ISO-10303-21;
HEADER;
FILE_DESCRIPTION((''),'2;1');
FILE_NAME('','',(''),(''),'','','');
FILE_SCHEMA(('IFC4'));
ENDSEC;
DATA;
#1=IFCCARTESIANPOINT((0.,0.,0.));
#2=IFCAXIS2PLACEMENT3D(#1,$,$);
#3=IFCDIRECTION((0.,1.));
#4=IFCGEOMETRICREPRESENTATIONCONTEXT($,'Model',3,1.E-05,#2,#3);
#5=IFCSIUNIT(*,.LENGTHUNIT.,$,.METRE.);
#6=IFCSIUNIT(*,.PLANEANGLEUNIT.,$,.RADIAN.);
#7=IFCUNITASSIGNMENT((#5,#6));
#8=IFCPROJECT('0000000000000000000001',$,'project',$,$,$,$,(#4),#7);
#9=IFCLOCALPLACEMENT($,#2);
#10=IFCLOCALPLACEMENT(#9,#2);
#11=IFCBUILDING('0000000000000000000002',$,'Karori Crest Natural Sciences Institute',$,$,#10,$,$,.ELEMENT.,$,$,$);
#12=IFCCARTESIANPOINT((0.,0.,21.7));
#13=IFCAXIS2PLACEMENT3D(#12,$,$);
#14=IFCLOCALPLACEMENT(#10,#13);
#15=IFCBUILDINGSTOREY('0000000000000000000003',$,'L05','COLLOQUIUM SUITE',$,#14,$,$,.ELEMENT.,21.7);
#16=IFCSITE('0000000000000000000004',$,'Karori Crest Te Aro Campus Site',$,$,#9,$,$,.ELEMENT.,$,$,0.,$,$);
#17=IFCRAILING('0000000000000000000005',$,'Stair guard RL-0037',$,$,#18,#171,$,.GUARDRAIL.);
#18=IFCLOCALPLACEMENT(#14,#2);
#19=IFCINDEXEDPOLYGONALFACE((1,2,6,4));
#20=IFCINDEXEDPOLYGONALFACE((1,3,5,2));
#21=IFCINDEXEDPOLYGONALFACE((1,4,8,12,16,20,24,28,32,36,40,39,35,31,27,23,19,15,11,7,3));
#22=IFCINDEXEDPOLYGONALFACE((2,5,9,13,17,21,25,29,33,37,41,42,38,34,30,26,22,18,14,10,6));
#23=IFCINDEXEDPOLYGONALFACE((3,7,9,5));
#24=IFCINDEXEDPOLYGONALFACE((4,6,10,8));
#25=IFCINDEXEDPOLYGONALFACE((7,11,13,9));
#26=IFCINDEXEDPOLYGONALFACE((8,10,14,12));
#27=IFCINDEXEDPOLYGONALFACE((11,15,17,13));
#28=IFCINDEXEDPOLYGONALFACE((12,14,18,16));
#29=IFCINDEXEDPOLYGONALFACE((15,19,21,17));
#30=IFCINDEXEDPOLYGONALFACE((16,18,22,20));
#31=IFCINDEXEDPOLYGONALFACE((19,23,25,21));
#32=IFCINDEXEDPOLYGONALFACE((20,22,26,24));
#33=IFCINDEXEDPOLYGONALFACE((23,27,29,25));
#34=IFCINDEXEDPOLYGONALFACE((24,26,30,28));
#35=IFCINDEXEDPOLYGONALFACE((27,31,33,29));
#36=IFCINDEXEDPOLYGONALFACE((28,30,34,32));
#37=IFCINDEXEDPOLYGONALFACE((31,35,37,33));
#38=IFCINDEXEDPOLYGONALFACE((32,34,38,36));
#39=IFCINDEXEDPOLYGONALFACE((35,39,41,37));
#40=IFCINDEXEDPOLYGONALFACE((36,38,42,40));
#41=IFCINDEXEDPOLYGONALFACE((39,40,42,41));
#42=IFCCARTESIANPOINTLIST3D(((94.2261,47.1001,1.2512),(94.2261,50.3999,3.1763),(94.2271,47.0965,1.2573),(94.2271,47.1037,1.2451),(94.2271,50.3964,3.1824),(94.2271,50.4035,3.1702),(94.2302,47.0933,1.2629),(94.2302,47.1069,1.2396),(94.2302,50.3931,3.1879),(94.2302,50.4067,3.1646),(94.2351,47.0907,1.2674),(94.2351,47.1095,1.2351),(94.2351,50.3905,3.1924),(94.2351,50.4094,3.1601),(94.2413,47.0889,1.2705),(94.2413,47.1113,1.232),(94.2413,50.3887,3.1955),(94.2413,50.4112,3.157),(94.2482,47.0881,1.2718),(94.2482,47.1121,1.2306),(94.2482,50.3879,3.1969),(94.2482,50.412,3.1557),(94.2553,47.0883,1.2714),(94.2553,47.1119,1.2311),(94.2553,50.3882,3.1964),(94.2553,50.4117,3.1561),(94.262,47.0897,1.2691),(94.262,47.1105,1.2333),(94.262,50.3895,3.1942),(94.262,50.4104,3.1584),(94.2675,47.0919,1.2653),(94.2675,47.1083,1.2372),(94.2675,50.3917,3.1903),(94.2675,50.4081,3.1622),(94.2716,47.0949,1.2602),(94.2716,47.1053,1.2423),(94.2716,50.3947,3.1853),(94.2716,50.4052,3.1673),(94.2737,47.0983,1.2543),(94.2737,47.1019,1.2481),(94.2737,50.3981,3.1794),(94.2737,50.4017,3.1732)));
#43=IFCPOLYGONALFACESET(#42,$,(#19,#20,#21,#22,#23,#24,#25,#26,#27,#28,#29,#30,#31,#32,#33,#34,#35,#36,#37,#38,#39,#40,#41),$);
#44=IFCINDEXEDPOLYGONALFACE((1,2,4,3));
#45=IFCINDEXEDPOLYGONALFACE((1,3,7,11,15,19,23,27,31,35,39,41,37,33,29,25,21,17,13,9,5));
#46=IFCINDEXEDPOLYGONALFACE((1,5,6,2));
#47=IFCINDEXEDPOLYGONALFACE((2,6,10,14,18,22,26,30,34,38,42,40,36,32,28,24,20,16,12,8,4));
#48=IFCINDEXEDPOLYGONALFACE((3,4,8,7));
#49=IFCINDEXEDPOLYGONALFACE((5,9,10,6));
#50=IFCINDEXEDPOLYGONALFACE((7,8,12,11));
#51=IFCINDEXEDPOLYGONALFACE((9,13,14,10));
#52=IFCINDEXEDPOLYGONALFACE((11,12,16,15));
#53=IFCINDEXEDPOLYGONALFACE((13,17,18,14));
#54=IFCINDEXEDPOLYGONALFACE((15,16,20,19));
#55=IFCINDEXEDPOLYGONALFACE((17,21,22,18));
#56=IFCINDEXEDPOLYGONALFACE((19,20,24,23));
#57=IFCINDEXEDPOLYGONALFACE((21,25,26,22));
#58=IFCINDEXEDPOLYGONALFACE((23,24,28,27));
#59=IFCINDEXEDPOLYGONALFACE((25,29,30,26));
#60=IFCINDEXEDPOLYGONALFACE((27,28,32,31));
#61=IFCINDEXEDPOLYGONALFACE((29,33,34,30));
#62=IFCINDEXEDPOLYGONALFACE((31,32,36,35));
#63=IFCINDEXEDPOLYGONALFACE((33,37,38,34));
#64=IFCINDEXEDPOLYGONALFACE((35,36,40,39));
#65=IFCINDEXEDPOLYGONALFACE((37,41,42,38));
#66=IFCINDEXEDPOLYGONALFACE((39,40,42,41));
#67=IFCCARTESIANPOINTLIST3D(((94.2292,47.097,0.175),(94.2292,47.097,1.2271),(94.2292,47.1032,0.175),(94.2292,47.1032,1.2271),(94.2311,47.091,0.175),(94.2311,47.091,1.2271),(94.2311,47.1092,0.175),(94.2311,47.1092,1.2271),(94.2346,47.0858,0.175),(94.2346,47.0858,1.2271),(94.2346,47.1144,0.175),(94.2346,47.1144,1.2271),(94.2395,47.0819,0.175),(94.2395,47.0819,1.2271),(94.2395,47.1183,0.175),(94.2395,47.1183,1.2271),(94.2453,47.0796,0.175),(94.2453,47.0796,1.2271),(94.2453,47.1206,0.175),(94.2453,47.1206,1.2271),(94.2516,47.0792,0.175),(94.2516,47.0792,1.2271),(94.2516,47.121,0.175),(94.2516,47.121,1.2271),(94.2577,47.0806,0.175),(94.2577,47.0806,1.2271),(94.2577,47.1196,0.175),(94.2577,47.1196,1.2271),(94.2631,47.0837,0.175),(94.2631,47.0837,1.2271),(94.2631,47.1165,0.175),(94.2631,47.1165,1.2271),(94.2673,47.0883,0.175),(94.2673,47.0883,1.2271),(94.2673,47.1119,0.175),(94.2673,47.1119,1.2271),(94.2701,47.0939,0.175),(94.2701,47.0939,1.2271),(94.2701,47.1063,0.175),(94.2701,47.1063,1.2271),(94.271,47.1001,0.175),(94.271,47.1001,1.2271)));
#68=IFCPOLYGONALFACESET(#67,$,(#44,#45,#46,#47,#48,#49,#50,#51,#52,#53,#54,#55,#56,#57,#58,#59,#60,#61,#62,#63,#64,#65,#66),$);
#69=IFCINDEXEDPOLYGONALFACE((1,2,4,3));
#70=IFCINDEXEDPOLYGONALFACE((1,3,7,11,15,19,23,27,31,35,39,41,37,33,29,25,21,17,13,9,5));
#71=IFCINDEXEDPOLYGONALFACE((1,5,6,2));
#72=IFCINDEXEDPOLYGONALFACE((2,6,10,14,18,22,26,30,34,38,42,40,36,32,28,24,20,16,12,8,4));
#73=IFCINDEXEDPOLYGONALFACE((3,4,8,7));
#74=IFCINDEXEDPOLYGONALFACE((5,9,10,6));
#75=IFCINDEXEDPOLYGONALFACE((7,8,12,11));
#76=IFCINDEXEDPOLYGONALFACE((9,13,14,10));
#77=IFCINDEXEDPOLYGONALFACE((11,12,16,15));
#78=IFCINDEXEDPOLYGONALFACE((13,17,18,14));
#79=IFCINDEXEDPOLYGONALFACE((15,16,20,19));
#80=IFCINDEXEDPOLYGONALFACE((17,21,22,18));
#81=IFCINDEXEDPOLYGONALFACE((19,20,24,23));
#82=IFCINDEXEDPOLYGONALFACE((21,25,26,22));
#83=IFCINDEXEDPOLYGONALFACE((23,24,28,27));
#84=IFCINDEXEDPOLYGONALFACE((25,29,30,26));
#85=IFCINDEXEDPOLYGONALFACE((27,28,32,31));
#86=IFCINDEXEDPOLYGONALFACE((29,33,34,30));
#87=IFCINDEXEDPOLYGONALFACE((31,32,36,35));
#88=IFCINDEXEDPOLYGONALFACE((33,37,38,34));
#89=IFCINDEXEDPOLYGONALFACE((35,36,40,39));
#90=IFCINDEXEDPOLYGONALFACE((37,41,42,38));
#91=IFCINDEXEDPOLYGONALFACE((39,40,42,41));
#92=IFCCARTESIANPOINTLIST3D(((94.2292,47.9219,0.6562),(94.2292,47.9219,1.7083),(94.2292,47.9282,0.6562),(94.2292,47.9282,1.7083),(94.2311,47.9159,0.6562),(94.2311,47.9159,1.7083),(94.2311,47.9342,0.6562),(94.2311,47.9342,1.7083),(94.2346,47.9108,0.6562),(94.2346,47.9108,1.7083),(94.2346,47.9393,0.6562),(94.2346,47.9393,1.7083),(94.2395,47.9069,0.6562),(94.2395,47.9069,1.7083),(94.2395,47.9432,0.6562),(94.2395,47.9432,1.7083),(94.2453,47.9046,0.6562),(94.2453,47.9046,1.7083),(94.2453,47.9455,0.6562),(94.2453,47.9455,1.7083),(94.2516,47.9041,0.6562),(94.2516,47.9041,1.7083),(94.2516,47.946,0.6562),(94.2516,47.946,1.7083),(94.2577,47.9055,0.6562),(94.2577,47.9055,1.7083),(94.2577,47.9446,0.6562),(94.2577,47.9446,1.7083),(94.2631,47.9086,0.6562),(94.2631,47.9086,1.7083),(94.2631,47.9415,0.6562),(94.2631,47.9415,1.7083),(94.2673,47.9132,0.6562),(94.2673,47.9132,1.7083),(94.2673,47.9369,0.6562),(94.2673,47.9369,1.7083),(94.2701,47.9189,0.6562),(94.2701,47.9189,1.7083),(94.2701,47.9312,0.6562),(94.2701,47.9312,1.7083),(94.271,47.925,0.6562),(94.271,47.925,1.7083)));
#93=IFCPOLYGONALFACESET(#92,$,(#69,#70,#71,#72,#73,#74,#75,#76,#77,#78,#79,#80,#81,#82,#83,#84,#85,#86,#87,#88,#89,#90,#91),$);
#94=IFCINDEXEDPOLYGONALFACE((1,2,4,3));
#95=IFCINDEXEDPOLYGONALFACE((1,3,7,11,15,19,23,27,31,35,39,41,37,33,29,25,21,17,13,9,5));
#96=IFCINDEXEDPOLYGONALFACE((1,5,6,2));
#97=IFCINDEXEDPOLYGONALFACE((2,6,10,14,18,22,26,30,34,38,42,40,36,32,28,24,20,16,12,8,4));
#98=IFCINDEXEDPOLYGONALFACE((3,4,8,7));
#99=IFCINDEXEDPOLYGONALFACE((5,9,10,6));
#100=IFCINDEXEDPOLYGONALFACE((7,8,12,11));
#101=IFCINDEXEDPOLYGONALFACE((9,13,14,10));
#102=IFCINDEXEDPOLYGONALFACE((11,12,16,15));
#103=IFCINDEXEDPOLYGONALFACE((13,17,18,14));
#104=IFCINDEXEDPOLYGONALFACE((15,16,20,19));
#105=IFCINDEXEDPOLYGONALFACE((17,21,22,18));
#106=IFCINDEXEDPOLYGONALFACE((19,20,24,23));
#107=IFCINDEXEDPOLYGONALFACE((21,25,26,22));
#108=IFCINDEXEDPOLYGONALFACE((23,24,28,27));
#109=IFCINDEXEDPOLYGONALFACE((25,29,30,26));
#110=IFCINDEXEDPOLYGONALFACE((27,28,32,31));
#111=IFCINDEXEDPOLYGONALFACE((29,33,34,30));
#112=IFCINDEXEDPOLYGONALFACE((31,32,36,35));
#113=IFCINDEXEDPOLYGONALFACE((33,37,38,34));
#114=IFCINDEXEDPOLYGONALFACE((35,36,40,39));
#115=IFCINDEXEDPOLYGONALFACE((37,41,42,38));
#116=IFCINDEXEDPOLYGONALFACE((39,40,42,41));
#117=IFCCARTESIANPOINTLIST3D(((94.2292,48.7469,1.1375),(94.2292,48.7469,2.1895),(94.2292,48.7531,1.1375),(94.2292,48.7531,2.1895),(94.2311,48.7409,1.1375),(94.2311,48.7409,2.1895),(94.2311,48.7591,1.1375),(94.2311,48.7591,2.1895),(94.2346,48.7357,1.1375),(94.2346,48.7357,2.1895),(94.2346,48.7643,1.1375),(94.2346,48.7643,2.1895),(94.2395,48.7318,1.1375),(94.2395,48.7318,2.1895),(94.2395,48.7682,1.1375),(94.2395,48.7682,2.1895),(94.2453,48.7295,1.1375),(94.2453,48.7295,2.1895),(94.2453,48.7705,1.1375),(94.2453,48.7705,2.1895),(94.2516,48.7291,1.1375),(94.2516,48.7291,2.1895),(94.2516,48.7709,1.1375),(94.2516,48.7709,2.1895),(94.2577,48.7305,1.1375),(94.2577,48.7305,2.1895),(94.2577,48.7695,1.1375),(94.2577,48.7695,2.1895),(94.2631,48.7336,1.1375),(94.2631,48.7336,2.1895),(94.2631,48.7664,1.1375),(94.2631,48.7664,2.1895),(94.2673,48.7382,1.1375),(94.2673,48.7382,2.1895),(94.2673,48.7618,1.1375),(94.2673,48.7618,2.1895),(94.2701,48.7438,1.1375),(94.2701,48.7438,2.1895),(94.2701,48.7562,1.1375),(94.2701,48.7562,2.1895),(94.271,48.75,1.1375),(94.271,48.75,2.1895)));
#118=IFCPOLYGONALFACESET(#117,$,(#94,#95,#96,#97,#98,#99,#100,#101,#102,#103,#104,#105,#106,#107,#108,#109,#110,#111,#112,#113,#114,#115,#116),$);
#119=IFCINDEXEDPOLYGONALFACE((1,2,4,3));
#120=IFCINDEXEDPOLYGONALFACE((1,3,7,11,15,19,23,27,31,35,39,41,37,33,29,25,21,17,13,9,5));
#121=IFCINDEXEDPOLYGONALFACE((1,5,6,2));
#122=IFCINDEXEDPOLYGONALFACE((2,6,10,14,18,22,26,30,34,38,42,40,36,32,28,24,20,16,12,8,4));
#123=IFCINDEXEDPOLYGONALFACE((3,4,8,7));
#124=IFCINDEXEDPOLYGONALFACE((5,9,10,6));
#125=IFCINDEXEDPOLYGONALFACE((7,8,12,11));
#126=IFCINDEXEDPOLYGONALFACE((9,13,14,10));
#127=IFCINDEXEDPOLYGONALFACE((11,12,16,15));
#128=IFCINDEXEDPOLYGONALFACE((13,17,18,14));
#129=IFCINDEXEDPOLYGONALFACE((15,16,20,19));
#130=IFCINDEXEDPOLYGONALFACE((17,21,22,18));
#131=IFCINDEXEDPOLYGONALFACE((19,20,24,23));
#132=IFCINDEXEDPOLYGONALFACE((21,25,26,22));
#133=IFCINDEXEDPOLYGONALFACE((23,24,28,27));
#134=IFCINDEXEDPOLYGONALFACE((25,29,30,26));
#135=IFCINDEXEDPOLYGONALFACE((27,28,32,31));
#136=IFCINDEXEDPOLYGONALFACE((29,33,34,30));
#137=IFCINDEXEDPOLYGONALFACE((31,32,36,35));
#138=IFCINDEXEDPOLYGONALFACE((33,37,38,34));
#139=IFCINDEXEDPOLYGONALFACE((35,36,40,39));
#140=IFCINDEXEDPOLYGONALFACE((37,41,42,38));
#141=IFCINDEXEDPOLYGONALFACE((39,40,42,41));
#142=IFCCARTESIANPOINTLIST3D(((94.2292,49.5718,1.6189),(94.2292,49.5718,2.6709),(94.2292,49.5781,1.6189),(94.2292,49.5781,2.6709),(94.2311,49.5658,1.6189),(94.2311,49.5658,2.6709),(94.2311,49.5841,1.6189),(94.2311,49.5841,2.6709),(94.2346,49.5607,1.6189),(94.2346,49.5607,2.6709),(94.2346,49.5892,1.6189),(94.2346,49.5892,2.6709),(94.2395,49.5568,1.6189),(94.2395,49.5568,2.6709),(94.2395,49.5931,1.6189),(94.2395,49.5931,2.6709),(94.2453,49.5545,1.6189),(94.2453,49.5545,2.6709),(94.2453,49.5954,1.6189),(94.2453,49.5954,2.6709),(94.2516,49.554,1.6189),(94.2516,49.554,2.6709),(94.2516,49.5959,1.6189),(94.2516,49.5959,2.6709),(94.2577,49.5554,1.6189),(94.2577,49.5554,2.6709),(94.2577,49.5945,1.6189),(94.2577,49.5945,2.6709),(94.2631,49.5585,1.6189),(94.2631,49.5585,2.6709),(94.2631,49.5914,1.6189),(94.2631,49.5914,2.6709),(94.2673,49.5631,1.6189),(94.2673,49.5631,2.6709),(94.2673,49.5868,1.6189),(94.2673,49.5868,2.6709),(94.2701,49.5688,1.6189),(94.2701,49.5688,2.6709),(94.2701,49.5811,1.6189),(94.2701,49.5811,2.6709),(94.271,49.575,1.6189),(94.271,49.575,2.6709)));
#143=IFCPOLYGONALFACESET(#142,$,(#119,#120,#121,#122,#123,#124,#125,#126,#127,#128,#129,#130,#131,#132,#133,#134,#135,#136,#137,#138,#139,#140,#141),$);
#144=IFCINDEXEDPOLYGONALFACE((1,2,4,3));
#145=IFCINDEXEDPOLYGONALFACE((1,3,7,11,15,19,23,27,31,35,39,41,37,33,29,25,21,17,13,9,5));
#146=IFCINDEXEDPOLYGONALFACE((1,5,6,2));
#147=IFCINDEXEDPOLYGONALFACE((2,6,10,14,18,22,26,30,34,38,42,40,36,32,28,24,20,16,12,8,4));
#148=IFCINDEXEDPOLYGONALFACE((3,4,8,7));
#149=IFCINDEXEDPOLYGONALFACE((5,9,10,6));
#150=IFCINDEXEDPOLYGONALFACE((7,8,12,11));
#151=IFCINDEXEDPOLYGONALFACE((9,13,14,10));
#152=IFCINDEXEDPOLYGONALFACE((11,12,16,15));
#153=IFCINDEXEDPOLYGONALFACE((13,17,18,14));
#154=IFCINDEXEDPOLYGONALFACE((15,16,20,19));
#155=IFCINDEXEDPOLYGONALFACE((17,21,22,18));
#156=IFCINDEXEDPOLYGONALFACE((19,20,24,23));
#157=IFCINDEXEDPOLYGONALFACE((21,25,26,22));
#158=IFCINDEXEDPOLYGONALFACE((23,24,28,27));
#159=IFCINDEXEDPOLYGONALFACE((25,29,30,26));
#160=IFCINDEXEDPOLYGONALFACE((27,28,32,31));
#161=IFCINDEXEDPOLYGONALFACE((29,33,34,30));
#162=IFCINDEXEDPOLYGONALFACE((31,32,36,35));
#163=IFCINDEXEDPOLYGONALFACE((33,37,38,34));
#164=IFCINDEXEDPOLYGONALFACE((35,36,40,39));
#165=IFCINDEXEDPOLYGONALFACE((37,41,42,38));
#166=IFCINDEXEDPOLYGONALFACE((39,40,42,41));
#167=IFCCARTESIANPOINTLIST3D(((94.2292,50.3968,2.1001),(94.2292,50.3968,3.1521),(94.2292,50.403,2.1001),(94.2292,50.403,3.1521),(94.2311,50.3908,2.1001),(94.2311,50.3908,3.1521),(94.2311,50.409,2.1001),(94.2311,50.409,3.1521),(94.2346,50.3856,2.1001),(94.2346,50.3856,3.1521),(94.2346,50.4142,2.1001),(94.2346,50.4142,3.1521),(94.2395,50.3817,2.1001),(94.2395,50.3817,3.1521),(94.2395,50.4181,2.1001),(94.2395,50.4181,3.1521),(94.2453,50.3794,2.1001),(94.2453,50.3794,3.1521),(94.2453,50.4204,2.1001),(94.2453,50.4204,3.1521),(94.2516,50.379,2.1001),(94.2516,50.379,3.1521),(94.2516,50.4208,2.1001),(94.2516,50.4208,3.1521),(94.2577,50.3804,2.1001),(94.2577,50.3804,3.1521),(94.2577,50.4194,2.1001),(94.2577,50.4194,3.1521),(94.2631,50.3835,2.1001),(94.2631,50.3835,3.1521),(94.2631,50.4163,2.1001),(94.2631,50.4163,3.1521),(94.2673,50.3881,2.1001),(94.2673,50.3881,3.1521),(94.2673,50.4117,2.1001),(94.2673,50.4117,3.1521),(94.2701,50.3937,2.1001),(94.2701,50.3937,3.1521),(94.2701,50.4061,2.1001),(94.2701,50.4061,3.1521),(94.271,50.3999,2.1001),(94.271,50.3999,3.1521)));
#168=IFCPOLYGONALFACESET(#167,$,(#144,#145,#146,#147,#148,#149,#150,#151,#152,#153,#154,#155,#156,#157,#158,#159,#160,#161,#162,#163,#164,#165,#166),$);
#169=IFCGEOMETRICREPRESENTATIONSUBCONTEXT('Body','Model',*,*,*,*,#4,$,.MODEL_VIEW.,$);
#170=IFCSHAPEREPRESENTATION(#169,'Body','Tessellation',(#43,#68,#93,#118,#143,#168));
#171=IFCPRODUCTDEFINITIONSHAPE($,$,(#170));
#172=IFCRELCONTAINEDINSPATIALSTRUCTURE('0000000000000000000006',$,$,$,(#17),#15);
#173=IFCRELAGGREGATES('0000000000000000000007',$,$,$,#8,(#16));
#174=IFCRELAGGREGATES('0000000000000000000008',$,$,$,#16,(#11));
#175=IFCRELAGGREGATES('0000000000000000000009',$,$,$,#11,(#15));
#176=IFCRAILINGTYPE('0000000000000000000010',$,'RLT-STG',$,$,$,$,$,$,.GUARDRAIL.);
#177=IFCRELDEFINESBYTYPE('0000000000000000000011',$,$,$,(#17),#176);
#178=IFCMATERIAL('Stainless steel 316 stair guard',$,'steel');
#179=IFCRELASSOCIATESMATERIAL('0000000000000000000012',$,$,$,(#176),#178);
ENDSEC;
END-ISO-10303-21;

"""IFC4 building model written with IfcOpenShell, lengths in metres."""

from ifc_helpers import new_model, si_unit, direction, frame, origin, origin_2d, place, context, subcontext, project, spatial, circle, extrude, material, type_object, element, save


model = new_model("IFC4")

# Units and contexts
model_context = context("Model", 3, precision=1e-05, world=origin(), true_north=direction((0.0, 1.0)))
body_context = subcontext(model_context, "Body", "Model", "MODEL_VIEW")
ifc_project = project(units=[si_unit("LENGTHUNIT", "METRE"), si_unit("PLANEANGLEUNIT", "RADIAN")], contexts=[model_context])

# Site, building, storey
site_placement = place(None, origin())
site = spatial("IfcSite", under=ifc_project, at=site_placement, Name="Karori Crest Te Aro Campus Site", CompositionType="ELEMENT", RefElevation=0.0)
building_placement = place(site_placement, origin())
building = spatial("IfcBuilding", under=site, at=building_placement, Name="Karori Crest Natural Sciences Institute", CompositionType="ELEMENT")
storey_placement = place(building_placement, frame((0.0, 0.0, 21.7)))
storey = spatial("IfcBuildingStorey", under=building, at=storey_placement, Name="L05", Description="COLLOQUIUM SUITE", CompositionType="ELEMENT", Elevation=21.7)

# Railing
ifc_material_1 = material(Name="Stainless steel 316 stair guard", Category="steel")
railing_type_1 = type_object("IfcRailingType", Name="RLT-STG", PredefinedType="GUARDRAIL", material=ifc_material_1)
railing_1_placement = place(storey_placement, frame((94.25, 47.1001, 0.175)))
element("IfcRailing", 1, at=railing_1_placement, inside=storey, type_object=railing_type_1, Name="Stair guard RL-0037", PredefinedType="GUARDRAIL", context=body_context, shape_type="SweptSolid", body=[
    extrude(circle(Radius=0.0239, at=origin_2d()), frame((0.0, 0.0, 1.0762), z_axis=(0.0, 0.86376, 0.503903), x_axis=(-1.0, 0.0, 0.0)), (0.0, 0.0, 1.0), 3.8203),
    extrude(circle(Radius=0.021, at=origin_2d()), origin(), (0.0, 0.0, 1.0), 1.052),
    extrude(circle(Radius=0.021, at=origin_2d()), frame((0.0, 0.825, 0.4812)), (0.0, 0.0, 1.0), 1.052),
    extrude(circle(Radius=0.021, at=origin_2d()), frame((0.0, 1.6499, 0.9624)), (0.0, 0.0, 1.0), 1.052),
    extrude(circle(Radius=0.021, at=origin_2d()), frame((0.0, 2.4749, 1.4438)), (0.0, 0.0, 1.0), 1.052),
    extrude(circle(Radius=0.021, at=origin_2d()), frame((0.0, 3.2998, 1.925)), (0.0, 0.0, 1.0), 1.052),
])

save(model, "model.ifc")
